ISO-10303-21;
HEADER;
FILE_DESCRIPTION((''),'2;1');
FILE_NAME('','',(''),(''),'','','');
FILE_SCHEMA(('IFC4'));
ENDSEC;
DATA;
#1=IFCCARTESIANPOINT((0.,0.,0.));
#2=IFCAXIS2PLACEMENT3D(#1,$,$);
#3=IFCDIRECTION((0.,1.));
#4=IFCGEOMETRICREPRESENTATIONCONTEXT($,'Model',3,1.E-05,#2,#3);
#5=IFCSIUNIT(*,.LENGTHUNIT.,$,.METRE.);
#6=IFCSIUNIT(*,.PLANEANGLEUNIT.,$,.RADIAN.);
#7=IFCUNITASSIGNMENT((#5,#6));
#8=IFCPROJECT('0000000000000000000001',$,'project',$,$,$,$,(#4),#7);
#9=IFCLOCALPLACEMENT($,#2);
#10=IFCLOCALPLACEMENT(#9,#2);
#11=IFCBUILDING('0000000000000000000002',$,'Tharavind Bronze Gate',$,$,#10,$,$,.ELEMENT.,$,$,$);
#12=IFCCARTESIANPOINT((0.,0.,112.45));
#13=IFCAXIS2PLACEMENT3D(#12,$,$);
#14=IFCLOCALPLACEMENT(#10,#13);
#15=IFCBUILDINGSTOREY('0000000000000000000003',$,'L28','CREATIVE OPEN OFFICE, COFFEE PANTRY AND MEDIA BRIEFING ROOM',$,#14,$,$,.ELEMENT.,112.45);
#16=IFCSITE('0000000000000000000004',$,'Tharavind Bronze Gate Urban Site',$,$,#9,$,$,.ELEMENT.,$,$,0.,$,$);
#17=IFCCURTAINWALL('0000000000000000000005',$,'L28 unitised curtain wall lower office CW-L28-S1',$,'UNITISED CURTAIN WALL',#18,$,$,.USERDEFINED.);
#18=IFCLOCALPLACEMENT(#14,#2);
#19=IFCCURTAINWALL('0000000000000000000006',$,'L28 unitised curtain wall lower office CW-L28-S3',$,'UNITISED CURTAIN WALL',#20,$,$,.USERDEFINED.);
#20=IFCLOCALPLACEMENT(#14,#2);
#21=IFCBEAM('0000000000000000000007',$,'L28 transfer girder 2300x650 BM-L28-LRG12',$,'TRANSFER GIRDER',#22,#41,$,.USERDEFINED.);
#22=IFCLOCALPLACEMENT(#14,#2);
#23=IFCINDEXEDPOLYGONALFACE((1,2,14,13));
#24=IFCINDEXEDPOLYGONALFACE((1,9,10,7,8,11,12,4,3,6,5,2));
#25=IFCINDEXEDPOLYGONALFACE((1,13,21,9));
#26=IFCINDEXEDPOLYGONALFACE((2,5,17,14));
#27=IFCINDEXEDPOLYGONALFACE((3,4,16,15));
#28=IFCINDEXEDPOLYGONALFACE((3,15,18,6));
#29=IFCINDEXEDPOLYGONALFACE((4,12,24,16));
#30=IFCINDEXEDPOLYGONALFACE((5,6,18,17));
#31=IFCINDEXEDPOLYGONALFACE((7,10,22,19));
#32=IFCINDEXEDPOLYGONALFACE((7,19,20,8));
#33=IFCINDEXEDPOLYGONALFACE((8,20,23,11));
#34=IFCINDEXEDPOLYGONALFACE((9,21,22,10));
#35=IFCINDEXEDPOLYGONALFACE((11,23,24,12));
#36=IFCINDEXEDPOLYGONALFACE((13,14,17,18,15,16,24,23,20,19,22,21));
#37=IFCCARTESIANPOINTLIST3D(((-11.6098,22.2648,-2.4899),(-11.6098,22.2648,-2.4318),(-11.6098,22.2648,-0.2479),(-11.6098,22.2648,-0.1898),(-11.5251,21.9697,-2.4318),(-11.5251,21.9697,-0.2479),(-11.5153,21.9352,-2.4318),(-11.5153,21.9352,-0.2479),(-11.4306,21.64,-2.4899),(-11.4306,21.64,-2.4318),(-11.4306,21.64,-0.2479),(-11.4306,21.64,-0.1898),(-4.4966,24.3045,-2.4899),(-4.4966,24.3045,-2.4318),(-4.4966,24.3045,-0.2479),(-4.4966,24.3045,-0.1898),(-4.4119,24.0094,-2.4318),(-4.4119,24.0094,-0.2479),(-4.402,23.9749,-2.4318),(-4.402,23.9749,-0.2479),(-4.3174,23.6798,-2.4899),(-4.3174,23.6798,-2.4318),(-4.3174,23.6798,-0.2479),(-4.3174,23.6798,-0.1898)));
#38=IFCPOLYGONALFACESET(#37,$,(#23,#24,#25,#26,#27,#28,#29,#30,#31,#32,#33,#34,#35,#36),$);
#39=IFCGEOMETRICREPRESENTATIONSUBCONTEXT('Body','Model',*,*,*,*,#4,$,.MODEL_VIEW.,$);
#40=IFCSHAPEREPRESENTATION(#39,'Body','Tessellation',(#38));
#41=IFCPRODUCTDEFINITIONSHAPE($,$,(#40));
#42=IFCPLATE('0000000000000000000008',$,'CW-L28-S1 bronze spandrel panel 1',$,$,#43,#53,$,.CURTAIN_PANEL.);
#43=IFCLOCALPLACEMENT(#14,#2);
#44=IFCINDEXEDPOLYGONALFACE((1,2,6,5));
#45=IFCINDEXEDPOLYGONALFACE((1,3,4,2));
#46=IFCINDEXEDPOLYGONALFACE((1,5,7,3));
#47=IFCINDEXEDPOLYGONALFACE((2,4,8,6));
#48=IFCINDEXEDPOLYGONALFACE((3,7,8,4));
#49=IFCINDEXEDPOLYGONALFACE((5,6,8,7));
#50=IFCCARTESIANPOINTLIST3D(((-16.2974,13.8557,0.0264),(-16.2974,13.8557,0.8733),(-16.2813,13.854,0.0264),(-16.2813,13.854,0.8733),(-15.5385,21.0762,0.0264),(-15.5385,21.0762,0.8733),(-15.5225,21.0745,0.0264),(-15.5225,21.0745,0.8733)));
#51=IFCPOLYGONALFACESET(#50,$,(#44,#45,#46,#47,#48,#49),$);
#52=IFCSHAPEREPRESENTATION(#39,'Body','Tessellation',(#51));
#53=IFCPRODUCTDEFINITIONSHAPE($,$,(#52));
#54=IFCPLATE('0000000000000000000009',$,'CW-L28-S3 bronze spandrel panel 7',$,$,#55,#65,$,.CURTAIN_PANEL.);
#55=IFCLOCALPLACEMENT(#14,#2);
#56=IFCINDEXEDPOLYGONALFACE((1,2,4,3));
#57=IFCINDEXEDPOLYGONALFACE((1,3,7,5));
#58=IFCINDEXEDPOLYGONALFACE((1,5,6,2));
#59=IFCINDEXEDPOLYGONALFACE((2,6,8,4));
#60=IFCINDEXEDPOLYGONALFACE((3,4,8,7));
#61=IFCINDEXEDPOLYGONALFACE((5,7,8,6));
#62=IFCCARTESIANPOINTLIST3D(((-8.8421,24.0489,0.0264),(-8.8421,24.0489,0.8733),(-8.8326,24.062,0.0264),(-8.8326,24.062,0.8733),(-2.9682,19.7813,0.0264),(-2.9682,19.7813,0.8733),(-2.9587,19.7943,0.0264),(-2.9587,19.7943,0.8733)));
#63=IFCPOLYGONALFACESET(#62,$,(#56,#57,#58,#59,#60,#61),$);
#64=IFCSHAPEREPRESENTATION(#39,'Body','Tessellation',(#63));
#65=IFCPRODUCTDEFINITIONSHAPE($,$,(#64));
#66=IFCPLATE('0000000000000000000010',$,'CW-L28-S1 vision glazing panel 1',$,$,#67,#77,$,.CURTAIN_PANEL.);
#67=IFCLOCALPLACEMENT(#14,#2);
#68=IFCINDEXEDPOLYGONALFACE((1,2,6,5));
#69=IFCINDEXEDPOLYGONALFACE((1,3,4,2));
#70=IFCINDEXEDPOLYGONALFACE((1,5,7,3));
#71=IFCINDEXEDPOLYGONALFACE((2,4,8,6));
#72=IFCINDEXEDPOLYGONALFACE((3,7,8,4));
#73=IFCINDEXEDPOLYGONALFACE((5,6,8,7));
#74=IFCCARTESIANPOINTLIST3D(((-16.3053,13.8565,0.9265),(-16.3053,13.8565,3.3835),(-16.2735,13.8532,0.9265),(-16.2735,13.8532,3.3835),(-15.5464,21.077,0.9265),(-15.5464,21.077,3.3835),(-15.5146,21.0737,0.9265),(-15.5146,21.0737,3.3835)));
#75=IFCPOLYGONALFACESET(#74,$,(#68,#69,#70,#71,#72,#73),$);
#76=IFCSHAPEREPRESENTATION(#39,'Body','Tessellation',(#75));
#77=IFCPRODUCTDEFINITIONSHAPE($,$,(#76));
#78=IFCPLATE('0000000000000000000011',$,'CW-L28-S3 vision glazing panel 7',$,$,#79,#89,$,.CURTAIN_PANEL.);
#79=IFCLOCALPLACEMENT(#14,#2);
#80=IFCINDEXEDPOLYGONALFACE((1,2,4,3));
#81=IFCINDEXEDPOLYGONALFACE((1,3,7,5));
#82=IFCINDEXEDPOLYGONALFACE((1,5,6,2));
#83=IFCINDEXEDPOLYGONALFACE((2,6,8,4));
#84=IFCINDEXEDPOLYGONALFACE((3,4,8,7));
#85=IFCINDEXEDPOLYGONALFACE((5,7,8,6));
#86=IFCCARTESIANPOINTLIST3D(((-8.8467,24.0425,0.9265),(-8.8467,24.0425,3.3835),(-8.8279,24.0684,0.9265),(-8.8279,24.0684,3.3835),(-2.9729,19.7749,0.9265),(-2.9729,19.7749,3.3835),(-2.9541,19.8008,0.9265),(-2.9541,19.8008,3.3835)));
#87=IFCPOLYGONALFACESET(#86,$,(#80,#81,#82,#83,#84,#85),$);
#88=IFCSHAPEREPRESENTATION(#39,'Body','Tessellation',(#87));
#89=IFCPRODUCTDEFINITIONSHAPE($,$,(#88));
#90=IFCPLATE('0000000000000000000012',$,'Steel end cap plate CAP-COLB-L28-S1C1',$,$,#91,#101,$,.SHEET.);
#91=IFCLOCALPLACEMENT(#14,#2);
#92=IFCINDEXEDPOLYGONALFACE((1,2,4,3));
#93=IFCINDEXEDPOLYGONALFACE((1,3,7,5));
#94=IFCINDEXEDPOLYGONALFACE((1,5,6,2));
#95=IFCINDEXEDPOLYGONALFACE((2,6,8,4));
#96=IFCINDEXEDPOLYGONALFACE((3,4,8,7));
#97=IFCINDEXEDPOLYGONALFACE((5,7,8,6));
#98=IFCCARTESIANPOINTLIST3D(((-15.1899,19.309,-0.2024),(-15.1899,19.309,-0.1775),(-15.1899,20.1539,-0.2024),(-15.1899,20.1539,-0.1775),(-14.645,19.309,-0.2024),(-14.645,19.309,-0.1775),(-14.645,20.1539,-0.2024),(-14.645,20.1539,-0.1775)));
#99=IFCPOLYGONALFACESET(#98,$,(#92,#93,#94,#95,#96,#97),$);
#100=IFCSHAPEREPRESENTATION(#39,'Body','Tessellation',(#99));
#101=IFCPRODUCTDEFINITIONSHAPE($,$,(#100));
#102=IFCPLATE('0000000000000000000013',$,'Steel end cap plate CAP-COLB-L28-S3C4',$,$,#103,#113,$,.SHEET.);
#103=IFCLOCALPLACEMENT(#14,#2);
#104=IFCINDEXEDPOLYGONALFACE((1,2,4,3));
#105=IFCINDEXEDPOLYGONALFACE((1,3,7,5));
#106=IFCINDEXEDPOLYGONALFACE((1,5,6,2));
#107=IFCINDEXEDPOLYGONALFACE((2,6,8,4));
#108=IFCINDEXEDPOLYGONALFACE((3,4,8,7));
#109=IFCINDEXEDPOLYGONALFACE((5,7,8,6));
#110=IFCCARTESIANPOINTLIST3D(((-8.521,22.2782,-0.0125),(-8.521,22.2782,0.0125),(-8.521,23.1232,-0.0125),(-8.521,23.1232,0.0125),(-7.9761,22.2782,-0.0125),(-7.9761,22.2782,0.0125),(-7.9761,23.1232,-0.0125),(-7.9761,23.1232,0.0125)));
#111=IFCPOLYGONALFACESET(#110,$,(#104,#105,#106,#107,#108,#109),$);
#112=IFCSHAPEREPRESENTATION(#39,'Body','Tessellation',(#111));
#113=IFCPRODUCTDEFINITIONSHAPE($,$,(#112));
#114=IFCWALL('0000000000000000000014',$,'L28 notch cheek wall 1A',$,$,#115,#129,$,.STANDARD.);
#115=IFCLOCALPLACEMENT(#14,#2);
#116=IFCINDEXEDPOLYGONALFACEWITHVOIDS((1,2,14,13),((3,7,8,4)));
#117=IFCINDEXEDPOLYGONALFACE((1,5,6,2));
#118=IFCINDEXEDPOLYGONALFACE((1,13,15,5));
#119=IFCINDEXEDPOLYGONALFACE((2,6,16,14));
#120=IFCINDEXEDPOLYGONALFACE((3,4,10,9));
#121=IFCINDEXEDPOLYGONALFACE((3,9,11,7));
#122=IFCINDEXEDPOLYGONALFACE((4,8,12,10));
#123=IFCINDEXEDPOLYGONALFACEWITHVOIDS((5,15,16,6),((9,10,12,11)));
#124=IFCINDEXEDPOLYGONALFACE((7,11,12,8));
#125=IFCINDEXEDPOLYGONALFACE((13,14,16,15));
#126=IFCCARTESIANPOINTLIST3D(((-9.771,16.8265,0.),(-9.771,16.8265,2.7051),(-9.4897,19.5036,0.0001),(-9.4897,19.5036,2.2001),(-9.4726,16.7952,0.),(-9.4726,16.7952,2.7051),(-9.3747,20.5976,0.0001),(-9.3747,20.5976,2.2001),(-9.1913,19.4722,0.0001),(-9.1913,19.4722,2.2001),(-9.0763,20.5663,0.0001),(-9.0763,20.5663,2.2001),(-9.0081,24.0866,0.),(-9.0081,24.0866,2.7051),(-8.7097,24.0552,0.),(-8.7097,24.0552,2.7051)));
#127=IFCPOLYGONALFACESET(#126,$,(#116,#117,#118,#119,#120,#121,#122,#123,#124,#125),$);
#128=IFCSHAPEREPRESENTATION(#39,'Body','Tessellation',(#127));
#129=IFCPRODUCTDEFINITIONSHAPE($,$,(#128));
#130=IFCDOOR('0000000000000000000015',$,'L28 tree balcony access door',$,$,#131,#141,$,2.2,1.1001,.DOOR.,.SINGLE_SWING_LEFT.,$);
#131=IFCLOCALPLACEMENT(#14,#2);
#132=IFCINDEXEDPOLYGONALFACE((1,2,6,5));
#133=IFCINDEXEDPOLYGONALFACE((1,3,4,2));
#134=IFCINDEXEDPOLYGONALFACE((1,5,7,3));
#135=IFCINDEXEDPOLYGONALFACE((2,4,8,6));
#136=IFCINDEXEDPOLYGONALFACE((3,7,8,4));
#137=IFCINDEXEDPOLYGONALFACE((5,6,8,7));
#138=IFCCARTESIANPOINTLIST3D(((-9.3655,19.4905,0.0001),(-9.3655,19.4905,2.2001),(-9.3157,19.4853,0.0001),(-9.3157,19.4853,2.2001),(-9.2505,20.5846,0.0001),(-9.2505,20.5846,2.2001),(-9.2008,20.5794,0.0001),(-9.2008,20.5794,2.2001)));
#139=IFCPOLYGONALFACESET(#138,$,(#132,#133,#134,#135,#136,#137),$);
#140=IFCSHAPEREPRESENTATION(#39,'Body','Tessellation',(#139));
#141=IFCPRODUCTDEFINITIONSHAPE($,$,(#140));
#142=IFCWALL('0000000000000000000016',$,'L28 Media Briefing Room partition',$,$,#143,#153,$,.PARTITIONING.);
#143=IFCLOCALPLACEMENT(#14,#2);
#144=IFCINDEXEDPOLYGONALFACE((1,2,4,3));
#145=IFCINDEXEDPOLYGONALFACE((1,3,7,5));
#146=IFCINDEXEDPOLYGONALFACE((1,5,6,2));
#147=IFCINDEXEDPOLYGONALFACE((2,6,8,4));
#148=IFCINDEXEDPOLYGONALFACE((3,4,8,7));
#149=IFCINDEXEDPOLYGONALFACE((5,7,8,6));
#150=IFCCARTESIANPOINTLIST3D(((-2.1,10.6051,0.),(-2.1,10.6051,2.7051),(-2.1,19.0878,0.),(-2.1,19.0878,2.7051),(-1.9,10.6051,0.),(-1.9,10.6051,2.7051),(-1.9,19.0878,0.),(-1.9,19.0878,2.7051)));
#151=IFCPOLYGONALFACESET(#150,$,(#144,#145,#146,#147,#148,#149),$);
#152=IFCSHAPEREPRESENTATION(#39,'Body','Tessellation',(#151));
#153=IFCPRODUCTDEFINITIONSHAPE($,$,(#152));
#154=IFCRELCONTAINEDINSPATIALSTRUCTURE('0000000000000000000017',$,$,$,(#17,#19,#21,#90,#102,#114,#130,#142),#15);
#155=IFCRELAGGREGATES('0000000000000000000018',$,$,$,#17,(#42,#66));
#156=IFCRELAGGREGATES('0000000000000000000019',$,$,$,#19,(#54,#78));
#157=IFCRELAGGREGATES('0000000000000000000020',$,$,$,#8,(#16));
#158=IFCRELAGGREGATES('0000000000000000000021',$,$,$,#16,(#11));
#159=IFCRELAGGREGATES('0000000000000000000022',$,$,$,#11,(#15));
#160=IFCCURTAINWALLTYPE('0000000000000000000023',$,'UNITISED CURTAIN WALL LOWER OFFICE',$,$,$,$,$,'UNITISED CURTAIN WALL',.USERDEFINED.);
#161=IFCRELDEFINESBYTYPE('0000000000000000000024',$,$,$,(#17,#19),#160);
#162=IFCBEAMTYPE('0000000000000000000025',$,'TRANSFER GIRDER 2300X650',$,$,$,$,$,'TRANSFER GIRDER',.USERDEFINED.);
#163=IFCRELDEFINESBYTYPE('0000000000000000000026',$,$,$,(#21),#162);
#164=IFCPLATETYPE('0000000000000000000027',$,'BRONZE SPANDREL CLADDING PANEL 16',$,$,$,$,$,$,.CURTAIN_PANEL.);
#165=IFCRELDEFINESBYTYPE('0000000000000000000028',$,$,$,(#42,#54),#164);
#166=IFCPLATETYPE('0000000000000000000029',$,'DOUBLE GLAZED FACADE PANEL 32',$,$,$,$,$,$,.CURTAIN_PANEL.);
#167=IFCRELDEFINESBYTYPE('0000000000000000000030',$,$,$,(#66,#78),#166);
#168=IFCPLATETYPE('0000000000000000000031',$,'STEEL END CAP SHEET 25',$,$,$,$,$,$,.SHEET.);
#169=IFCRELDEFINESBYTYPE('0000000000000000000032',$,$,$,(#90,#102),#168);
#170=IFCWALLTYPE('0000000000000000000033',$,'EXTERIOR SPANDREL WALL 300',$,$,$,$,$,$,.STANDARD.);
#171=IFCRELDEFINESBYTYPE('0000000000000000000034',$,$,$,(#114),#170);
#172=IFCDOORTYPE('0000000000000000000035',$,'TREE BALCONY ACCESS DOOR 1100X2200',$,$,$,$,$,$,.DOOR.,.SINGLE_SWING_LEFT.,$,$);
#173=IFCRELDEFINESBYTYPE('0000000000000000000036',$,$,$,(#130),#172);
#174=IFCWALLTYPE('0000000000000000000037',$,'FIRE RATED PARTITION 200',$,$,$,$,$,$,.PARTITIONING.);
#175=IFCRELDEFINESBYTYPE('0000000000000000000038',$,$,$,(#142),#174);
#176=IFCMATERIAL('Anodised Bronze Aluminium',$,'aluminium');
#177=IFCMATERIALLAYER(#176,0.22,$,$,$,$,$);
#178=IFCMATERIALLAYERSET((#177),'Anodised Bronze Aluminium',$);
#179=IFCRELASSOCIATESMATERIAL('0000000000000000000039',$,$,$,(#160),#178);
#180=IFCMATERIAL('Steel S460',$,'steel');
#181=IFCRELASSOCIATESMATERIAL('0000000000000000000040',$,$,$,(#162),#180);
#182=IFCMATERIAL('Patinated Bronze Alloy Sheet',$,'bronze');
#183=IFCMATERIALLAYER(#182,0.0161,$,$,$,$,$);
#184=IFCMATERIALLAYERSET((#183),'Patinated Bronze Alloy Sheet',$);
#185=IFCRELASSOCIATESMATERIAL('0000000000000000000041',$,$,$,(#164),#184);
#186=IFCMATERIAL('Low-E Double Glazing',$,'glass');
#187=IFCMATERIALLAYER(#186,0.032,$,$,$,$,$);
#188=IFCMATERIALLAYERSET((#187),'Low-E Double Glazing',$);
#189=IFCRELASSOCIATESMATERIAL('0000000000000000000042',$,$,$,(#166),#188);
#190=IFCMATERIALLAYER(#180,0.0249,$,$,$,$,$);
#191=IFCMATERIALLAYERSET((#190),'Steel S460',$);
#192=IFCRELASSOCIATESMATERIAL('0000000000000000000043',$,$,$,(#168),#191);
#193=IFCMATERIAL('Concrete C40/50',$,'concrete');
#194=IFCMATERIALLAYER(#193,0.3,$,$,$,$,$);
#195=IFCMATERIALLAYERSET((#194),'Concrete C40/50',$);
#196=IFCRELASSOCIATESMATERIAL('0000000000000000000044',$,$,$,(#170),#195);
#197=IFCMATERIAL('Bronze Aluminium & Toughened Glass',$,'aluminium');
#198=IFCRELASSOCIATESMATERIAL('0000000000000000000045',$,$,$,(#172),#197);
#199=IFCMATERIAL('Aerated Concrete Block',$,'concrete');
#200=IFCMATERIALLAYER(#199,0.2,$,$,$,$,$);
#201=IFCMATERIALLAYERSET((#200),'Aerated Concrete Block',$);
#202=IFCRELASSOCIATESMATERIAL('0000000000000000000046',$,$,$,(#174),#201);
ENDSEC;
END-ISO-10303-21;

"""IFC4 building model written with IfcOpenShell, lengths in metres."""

from ifc_helpers import new_model, si_unit, direction, frame, frame_2d, origin, origin_2d, place, context, subcontext, project, spatial, rectangle, i_section, extrude, material, layer, layer_set, material_profile, profile_set, type_object, element, fill, aggregate, save


model = new_model("IFC4")

# Units and contexts
model_context = context("Model", 3, precision=1e-05, world=origin(), true_north=direction((0.0, 1.0)))
body_context = subcontext(model_context, "Body", "Model", "MODEL_VIEW")
ifc_project = project(units=[si_unit("LENGTHUNIT", "METRE"), si_unit("PLANEANGLEUNIT", "RADIAN")], contexts=[model_context])

# Site, building, storey
site_placement = place(None, origin())
site = spatial("IfcSite", under=ifc_project, at=site_placement, Name="Tharavind Bronze Gate Urban Site", CompositionType="ELEMENT", RefElevation=0.0)
building_placement = place(site_placement, origin())
building = spatial("IfcBuilding", under=site, at=building_placement, Name="Tharavind Bronze Gate", CompositionType="ELEMENT")
storey_placement = place(building_placement, frame((0.0, 0.0, 112.45)))
storey = spatial("IfcBuildingStorey", under=building, at=storey_placement, Name="L28", Description="CREATIVE OPEN OFFICE, COFFEE PANTRY AND MEDIA BRIEFING ROOM", CompositionType="ELEMENT", Elevation=112.45)

# Shared definitions
ifc_material_1 = material(Name="Steel S460", Category="steel")

# Curtain wall
ifc_material_2 = material(Name="Anodised Bronze Aluminium", Category="aluminium")
ifc_layer_1 = layer(ifc_material_2, 0.22)
ifc_layer_set_1 = layer_set([ifc_layer_1], Name="Anodised Bronze Aluminium")
curtain_wall_type = type_object("IfcCurtainWallType", Name="UNITISED CURTAIN WALL LOWER OFFICE", ElementType="UNITISED CURTAIN WALL", PredefinedType="USERDEFINED", material=ifc_layer_set_1)
curtain_wall_1_placement = place(storey_placement, origin())
curtain_wall_1 = element("IfcCurtainWall", 1, at=curtain_wall_1_placement, inside=storey, type_object=curtain_wall_type, Name="L28 unitised curtain wall lower office CW-L28-S1", ObjectType="UNITISED CURTAIN WALL", PredefinedType="USERDEFINED")

# Curtain wall
curtain_wall_2_placement = place(storey_placement, origin())
curtain_wall_2 = element("IfcCurtainWall", 2, at=curtain_wall_2_placement, inside=storey, type_object=curtain_wall_type, Name="L28 unitised curtain wall lower office CW-L28-S3", ObjectType="UNITISED CURTAIN WALL", PredefinedType="USERDEFINED")

# Beam
ifc_material_profile_1 = material_profile(ifc_material_1, i_section(OverallWidth=0.6499, OverallDepth=2.3, WebThickness=0.0359, FlangeThickness=0.0581, at=origin_2d()), Name="PG2300X650")
ifc_profile_set_1 = profile_set([ifc_material_profile_1], Name="Steel S460")
beam_type = type_object("IfcBeamType", Name="TRANSFER GIRDER 2300X650", ElementType="TRANSFER GIRDER", PredefinedType="USERDEFINED", material=ifc_profile_set_1)
beam_1_placement = place(storey_placement, frame((-4.407, 23.9922, -1.3398), z_axis=(-0.961258, -0.275649, 0.0), x_axis=(0.275649, -0.961258, 0.0)))
element("IfcBeam", 3, at=beam_1_placement, inside=storey, type_object=beam_type, Name="L28 transfer girder 2300x650 BM-L28-LRG12", ObjectType="TRANSFER GIRDER", PredefinedType="USERDEFINED", context=body_context, shape_type="SweptSolid", body=[
    extrude(i_section(OverallWidth=0.6499, OverallDepth=2.3, WebThickness=0.0359, FlangeThickness=0.0581, at=origin_2d()), origin(), (0.0, 0.0, 1.0), 7.3999),
])

# Plates
ifc_material_3 = material(Name="Patinated Bronze Alloy Sheet", Category="bronze")
ifc_layer_2 = layer(ifc_material_3, 0.0161)
ifc_layer_set_2 = layer_set([ifc_layer_2], Name="Patinated Bronze Alloy Sheet")
plate_type_1 = type_object("IfcPlateType", Name="BRONZE SPANDREL CLADDING PANEL 16", PredefinedType="CURTAIN_PANEL", material=ifc_layer_set_2)
plate_1_placement = place(storey_placement, frame((-15.9099, 17.4651, 0.0264), z_axis=(0.0, 0.0, 1.0), x_axis=(-0.104527, -0.994522, 0.0)))
plate_1 = element("IfcPlate", 4, at=plate_1_placement, type_object=plate_type_1, Name="CW-L28-S1 bronze spandrel panel 1", PredefinedType="CURTAIN_PANEL", context=body_context, shape_type="SweptSolid", body=[
    extrude(rectangle(XDim=7.2603, YDim=0.0161, at=origin_2d()), origin(), (0.0, 0.0, 1.0), 0.8469),
])
plate_2_placement = place(storey_placement, frame((-5.9004, 21.9216, 0.0264), z_axis=(0.0, 0.0, 1.0), x_axis=(-0.809017, 0.587785, 0.0)))
plate_2 = element("IfcPlate", 5, at=plate_2_placement, type_object=plate_type_1, Name="CW-L28-S3 bronze spandrel panel 7", PredefinedType="CURTAIN_PANEL", context=body_context, shape_type="SweptSolid", body=[
    extrude(rectangle(XDim=7.2605, YDim=0.0161, at=origin_2d()), origin(), (0.0, 0.0, 1.0), 0.8469),
])
ifc_material_4 = material(Name="Low-E Double Glazing", Category="glass")
ifc_layer_3 = layer(ifc_material_4, 0.032)
ifc_layer_set_3 = layer_set([ifc_layer_3], Name="Low-E Double Glazing")
plate_type_2 = type_object("IfcPlateType", Name="DOUBLE GLAZED FACADE PANEL 32", PredefinedType="CURTAIN_PANEL", material=ifc_layer_set_3)
plate_3_placement = place(storey_placement, frame((-15.9099, 17.4651, 0.9265), z_axis=(0.0, 0.0, 1.0), x_axis=(-0.104527, -0.994522, 0.0)))
plate_3 = element("IfcPlate", 6, at=plate_3_placement, type_object=plate_type_2, Name="CW-L28-S1 vision glazing panel 1", PredefinedType="CURTAIN_PANEL", context=body_context, shape_type="SweptSolid", body=[
    extrude(rectangle(XDim=7.2603, YDim=0.032, at=origin_2d()), origin(), (0.0, 0.0, 1.0), 2.457),
])
aggregate(curtain_wall_1, [plate_1, plate_3])
plate_4_placement = place(storey_placement, frame((-5.9004, 21.9216, 0.9265), z_axis=(0.0, 0.0, 1.0), x_axis=(-0.809017, 0.587785, 0.0)))
plate_4 = element("IfcPlate", 7, at=plate_4_placement, type_object=plate_type_2, Name="CW-L28-S3 vision glazing panel 7", PredefinedType="CURTAIN_PANEL", context=body_context, shape_type="SweptSolid", body=[
    extrude(rectangle(XDim=7.2605, YDim=0.032, at=origin_2d()), origin(), (0.0, 0.0, 1.0), 2.457),
])
aggregate(curtain_wall_2, [plate_2, plate_4])

# Plates
ifc_layer_4 = layer(ifc_material_1, 0.0249)
ifc_layer_set_4 = layer_set([ifc_layer_4], Name="Steel S460")
plate_type_3 = type_object("IfcPlateType", Name="STEEL END CAP SHEET 25", PredefinedType="SHEET", material=ifc_layer_set_4)
for number, where, z_axis, x_axis, name in (
    (8, (-14.9175, 19.7314, -0.2024), (0.0, 0.0, 1.0), (1.0, 0.0, 0.0), "Steel end cap plate CAP-COLB-L28-S1C1"),
    (9, (-8.2485, 22.7007, -0.0125), (0.0, 0.0, 1.0), (1.0, 0.0, 0.0), "Steel end cap plate CAP-COLB-L28-S3C4"),
):
    element("IfcPlate", number, at=place(storey_placement, frame(where, z_axis=z_axis, x_axis=x_axis)), inside=storey, type_object=plate_type_3, Name=name, PredefinedType="SHEET", context=body_context, shape_type="SweptSolid", body=[
        extrude(rectangle(XDim=0.5449, YDim=0.845, at=origin_2d()), origin(), (0.0, 0.0, 1.0), 0.0249),
    ])

# Wall, opening, door
ifc_material_5 = material(Name="Concrete C40/50", Category="concrete")
ifc_layer_5 = layer(ifc_material_5, 0.3)
ifc_layer_set_5 = layer_set([ifc_layer_5], Name="Concrete C40/50")
wall_type_1 = type_object("IfcWallType", Name="EXTERIOR SPANDREL WALL 300", PredefinedType="STANDARD", material=ifc_layer_set_5)
wall_1_placement = place(storey_placement, frame((-8.8589, 24.0708, 0.0), z_axis=(0.0, 0.0, 1.0), x_axis=(-0.104512, -0.994524, 0.0)))
wall_1 = element("IfcWall", 10, at=wall_1_placement, inside=storey, type_object=wall_type_1, Name="L28 notch cheek wall 1A", PredefinedType="STANDARD", context=body_context, shape_type="SweptSolid", body=[
    extrude(rectangle(XDim=7.3, YDim=0.3, at=frame_2d((3.6499, 0.0))), origin(), (0.0, 0.0, 1.0), 2.7051),
])
opening_placement = place(wall_1_placement, frame((3.5081, 0.0, 0.0)))
opening = element("IfcOpeningElement", 11, at=opening_placement, cuts=wall_1, PredefinedType="OPENING", context=body_context, shape_type="SweptSolid", body=[
    extrude(rectangle(XDim=1.1001, YDim=2.2, at=frame_2d((0.55, 1.1001))), frame((0.0, 0.1599, 0.0), z_axis=(0.0, -1.0, 0.0), x_axis=(1.0, 0.0, 0.0)), (0.0, 0.0, 1.0), 0.32),
])
ifc_material_6 = material(Name="Bronze Aluminium & Toughened Glass", Category="aluminium")
door_type = type_object("IfcDoorType", Name="TREE BALCONY ACCESS DOOR 1100X2200", OperationType="SINGLE_SWING_LEFT", PredefinedType="DOOR", material=ifc_material_6)
door_placement = place(opening_placement, origin())
door = element("IfcDoor", 12, at=door_placement, inside=storey, type_object=door_type, Name="L28 tree balcony access door", OperationType="SINGLE_SWING_LEFT", OverallHeight=2.2, OverallWidth=1.1001, PredefinedType="DOOR", context=body_context, shape_type="SweptSolid", body=[
    extrude(rectangle(XDim=1.1001, YDim=2.2, at=frame_2d((0.55, 1.1001))), frame((0.0, 0.0249, 0.0), z_axis=(0.0, -1.0, 0.0), x_axis=(1.0, 0.0, 0.0)), (0.0, 0.0, 1.0), 0.05),
])
fill(opening, door)

# Wall
ifc_material_7 = material(Name="Aerated Concrete Block", Category="concrete")
ifc_layer_6 = layer(ifc_material_7, 0.2)
ifc_layer_set_6 = layer_set([ifc_layer_6], Name="Aerated Concrete Block")
wall_type_2 = type_object("IfcWallType", Name="FIRE RATED PARTITION 200", PredefinedType="PARTITIONING", material=ifc_layer_set_6)
wall_2_placement = place(storey_placement, frame((-2.0, 19.0876, 0.0), z_axis=(0.0, 0.0, 1.0), x_axis=(0.0, -1.0, 0.0)))
element("IfcWall", 13, at=wall_2_placement, inside=storey, type_object=wall_type_2, Name="L28 Media Briefing Room partition", PredefinedType="PARTITIONING", context=body_context, shape_type="SweptSolid", body=[
    extrude(rectangle(XDim=8.4827, YDim=0.2, at=frame_2d((4.2412, 0.0))), origin(), (0.0, 0.0, 1.0), 2.7051),
])

save(model, "model.ifc")
